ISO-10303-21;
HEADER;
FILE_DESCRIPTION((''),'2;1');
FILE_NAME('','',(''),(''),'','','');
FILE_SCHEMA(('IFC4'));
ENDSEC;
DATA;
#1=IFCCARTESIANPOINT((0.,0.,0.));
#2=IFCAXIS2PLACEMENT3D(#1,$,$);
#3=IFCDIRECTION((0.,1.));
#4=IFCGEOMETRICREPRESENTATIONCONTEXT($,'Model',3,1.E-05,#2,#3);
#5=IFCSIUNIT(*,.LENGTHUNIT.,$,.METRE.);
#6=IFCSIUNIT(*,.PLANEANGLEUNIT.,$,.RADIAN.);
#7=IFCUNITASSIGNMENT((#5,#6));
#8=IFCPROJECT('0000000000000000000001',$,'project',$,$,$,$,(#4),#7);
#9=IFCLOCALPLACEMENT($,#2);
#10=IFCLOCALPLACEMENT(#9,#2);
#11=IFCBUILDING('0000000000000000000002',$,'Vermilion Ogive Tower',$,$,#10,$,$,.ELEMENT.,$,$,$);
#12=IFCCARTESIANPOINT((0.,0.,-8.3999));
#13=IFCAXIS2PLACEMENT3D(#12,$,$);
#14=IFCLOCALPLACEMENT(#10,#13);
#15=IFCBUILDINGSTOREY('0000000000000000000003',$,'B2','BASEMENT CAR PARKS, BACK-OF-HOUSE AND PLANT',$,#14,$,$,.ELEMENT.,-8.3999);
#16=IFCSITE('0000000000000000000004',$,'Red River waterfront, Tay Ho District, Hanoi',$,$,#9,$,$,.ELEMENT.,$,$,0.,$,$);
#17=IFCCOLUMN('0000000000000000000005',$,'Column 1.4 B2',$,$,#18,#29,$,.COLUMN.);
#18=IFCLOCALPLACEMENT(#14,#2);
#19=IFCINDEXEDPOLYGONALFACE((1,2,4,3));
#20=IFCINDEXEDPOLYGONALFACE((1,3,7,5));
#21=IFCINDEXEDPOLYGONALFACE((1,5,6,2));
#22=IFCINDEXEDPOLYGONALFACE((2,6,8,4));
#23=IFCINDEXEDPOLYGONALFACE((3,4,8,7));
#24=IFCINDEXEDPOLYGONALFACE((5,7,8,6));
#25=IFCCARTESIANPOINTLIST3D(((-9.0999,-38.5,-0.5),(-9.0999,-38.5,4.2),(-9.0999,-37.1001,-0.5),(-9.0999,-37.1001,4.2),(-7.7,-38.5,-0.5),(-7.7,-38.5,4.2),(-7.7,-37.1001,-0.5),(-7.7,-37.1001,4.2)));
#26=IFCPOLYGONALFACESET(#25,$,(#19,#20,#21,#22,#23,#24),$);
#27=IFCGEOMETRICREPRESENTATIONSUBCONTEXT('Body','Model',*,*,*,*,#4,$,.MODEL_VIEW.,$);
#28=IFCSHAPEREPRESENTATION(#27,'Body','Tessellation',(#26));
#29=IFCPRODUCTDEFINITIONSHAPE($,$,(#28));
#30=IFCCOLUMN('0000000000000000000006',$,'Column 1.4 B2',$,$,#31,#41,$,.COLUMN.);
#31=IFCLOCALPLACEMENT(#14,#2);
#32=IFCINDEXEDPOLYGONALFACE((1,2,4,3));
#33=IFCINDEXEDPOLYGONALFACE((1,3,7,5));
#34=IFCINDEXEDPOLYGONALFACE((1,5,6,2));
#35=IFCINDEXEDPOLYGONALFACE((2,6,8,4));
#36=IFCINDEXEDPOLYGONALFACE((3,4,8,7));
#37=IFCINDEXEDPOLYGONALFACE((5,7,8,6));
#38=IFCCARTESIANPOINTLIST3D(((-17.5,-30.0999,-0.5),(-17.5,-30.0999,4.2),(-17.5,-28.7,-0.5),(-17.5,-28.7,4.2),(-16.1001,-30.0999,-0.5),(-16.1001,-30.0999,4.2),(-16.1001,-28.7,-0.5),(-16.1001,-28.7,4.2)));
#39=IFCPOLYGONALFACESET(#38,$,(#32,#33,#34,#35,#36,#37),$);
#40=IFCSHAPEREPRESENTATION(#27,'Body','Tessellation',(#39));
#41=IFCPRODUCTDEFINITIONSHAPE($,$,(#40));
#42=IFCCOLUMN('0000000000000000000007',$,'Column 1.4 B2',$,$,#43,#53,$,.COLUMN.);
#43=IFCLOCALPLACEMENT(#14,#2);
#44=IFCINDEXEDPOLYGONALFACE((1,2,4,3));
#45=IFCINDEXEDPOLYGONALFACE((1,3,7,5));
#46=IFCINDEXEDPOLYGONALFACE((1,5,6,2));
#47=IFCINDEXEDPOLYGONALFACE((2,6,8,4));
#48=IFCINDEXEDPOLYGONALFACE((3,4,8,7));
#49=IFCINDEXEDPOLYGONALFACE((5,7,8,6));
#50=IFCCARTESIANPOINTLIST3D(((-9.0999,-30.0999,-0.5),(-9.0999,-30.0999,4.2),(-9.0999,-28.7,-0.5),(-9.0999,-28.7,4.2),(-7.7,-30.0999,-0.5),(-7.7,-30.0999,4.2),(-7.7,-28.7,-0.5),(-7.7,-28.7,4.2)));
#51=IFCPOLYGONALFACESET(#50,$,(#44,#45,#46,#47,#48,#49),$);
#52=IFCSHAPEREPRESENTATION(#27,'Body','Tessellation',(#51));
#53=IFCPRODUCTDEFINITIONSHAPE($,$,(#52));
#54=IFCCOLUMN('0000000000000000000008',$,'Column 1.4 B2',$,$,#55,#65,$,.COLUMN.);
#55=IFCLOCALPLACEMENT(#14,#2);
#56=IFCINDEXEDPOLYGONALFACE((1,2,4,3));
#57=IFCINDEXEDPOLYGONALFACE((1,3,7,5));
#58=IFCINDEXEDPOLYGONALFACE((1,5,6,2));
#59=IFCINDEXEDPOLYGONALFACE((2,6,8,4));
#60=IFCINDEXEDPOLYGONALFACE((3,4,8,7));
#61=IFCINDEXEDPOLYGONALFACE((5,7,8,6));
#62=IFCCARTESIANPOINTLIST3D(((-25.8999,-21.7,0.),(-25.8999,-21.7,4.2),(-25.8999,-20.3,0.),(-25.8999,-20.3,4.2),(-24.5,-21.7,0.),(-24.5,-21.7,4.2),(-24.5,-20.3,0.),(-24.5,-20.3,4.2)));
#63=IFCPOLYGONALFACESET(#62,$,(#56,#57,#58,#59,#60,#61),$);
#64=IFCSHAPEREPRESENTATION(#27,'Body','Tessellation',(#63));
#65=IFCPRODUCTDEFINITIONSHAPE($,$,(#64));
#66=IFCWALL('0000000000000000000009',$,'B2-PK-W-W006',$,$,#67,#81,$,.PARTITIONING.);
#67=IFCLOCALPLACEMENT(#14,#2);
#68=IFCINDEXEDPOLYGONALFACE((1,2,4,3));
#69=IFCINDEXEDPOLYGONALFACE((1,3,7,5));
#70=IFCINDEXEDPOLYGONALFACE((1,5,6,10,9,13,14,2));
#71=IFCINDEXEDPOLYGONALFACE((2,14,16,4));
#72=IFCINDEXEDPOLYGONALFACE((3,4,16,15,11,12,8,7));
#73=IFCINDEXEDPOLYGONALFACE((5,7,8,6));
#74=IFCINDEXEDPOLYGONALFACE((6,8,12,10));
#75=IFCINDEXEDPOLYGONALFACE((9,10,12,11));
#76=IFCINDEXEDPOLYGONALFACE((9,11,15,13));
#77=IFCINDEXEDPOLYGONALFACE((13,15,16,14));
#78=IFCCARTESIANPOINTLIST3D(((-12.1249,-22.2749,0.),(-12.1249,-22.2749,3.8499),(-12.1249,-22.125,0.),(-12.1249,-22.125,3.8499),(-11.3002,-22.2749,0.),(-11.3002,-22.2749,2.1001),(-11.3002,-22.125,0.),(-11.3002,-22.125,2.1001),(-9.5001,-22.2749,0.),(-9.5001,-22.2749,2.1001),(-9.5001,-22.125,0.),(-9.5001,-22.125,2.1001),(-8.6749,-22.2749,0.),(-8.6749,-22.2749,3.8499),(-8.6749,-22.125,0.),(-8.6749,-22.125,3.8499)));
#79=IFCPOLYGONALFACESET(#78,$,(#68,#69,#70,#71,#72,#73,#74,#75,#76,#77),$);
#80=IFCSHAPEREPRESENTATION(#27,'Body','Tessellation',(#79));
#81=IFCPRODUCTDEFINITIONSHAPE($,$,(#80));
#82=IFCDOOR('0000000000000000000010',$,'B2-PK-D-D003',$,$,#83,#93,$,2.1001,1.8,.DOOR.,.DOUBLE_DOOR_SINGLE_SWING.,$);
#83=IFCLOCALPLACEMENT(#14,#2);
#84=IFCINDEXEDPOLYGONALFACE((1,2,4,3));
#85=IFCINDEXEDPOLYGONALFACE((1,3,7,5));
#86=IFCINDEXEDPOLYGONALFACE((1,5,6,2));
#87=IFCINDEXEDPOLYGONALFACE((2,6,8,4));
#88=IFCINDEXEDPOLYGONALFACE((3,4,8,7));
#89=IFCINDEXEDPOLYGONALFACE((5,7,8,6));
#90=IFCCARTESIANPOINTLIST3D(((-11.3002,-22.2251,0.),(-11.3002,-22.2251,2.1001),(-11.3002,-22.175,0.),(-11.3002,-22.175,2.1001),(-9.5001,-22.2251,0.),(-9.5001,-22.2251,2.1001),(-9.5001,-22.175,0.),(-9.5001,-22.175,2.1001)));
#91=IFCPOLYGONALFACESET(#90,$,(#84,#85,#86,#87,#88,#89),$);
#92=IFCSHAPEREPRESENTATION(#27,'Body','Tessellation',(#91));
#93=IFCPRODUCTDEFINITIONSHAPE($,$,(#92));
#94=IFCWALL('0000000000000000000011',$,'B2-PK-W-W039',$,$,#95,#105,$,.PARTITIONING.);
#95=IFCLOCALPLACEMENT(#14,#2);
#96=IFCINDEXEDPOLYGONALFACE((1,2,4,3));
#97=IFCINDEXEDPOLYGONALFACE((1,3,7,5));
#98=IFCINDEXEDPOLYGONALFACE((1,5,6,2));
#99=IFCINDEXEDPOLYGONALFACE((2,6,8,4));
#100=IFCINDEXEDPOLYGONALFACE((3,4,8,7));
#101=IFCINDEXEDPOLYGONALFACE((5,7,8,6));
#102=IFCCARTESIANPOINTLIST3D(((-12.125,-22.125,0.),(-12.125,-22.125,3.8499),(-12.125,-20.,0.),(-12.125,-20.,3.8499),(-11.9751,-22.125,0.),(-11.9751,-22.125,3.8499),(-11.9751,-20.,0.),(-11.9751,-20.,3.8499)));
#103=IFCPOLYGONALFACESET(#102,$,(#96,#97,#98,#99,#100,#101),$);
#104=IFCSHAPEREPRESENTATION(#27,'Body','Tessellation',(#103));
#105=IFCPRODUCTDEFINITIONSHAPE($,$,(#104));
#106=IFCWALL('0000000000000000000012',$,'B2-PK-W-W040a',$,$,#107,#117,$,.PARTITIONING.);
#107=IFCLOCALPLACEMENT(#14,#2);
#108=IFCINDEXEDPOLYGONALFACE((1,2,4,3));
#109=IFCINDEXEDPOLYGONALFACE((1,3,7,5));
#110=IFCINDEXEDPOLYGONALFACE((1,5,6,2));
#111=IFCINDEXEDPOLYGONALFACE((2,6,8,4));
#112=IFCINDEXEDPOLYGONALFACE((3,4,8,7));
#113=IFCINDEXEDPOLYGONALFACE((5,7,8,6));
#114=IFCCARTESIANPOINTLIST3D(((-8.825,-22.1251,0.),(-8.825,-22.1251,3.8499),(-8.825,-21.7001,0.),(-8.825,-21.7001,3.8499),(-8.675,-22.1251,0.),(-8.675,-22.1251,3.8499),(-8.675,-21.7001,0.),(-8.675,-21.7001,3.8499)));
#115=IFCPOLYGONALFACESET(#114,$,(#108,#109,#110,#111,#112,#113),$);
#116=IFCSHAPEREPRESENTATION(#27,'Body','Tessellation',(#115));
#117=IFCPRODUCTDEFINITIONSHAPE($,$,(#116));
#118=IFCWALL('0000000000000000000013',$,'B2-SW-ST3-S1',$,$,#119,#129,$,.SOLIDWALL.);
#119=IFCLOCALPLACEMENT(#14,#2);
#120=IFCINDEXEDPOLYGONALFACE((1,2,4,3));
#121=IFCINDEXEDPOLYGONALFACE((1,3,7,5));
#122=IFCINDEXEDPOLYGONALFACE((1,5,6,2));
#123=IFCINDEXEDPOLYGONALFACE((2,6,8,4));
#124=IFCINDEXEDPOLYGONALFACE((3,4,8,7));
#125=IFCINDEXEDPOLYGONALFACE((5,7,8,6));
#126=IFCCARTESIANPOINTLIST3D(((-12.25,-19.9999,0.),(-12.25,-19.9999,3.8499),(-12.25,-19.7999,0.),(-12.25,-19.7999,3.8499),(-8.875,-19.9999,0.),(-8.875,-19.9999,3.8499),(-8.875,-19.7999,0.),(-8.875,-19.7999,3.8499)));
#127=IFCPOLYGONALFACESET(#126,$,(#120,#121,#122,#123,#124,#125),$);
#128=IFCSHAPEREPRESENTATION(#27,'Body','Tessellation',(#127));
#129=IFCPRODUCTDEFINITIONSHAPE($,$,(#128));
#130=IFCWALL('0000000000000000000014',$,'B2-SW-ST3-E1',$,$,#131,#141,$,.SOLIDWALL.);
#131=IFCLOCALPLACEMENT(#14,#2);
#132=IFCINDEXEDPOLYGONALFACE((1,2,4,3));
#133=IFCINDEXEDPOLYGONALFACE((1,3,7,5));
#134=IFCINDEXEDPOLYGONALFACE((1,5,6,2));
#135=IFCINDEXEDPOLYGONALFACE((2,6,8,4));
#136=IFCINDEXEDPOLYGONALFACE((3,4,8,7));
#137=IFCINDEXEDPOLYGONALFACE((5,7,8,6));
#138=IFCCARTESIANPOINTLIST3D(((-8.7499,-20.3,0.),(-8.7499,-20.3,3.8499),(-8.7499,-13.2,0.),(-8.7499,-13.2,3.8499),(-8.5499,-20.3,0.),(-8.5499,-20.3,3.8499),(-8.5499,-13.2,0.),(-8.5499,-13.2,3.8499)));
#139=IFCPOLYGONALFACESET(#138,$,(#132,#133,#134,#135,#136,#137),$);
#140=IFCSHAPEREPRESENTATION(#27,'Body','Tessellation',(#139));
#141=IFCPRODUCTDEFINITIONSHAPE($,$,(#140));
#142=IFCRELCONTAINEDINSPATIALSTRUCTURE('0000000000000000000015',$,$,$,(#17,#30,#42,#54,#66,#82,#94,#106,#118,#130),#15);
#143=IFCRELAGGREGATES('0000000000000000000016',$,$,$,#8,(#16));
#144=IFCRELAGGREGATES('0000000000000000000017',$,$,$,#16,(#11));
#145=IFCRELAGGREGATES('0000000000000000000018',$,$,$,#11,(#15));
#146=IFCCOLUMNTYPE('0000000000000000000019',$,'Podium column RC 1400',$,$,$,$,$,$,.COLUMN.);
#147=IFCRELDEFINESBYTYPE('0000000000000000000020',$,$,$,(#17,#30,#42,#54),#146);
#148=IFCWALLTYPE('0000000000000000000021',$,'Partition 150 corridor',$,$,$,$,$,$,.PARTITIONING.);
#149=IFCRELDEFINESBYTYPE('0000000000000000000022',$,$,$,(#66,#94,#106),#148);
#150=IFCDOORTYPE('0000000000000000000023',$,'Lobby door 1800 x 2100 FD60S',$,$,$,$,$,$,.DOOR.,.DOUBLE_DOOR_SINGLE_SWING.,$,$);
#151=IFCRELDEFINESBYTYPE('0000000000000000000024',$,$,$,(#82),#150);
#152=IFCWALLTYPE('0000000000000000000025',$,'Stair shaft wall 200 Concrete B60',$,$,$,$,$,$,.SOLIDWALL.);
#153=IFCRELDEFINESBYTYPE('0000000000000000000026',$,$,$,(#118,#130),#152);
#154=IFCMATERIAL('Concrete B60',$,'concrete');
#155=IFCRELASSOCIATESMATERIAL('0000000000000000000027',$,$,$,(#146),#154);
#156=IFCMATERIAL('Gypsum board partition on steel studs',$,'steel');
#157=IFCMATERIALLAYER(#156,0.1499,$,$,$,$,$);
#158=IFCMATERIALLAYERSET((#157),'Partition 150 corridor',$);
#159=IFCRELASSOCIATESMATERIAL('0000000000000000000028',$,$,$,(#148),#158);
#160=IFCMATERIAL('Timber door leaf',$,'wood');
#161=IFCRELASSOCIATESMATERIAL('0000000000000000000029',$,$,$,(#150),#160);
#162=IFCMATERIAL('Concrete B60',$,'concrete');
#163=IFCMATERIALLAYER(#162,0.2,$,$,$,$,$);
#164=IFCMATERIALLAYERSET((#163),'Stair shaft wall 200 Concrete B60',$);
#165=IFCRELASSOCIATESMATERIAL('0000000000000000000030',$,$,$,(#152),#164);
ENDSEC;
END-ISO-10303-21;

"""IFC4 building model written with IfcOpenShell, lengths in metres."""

from ifc_helpers import new_model, si_unit, direction, frame, frame_2d, origin, origin_2d, place, context, subcontext, project, spatial, rectangle, extrude, material, layer, layer_set, material_profile, profile_set, type_object, element, fill, save


model = new_model("IFC4")

# Units and contexts
model_context = context("Model", 3, precision=1e-05, world=origin(), true_north=direction((0.0, 1.0)))
body_context = subcontext(model_context, "Body", "Model", "MODEL_VIEW")
ifc_project = project(units=[si_unit("LENGTHUNIT", "METRE"), si_unit("PLANEANGLEUNIT", "RADIAN")], contexts=[model_context])

# Site, building, storey
site_placement = place(None, origin())
site = spatial("IfcSite", under=ifc_project, at=site_placement, Name="Red River waterfront, Tay Ho District, Hanoi", CompositionType="ELEMENT", RefElevation=0.0)
building_placement = place(site_placement, origin())
building = spatial("IfcBuilding", under=site, at=building_placement, Name="Vermilion Ogive Tower", CompositionType="ELEMENT")
storey_placement = place(building_placement, frame((0.0, 0.0, -8.3999)))
storey = spatial("IfcBuildingStorey", under=building, at=storey_placement, Name="B2", Description="BASEMENT CAR PARKS, BACK-OF-HOUSE AND PLANT", CompositionType="ELEMENT", Elevation=-8.3999)

# Columns
ifc_material_1 = material(Name="Concrete B60", Category="concrete")
ifc_material_profile_1 = material_profile(ifc_material_1, rectangle(XDim=1.3999, YDim=1.3999, at=origin_2d()), Name="RC 1400x1400")
ifc_profile_set_1 = profile_set([ifc_material_profile_1], Name="Concrete B60")
column_type_1 = type_object("IfcColumnType", Name="Podium column RC 1400", PredefinedType="COLUMN", material=ifc_profile_set_1)
for number, where, z_axis, x_axis, name in (
    (1, (-8.3999, -37.8, -0.5), (0.0, 0.0, 1.0), (1.0, 0.0, 0.0), "Column 1.4 B2"),
    (2, (-16.8, -29.3999, -0.5), (0.0, 0.0, 1.0), (1.0, 0.0, 0.0), "Column 1.4 B2"),
    (3, (-8.3999, -29.3999, -0.5), (0.0, 0.0, 1.0), (1.0, 0.0, 0.0), "Column 1.4 B2"),
):
    element("IfcColumn", number, at=place(storey_placement, frame(where, z_axis=z_axis, x_axis=x_axis)), inside=storey, type_object=column_type_1, Name=name, PredefinedType="COLUMN", context=body_context, shape_type="SweptSolid", body=[
        extrude(rectangle(XDim=1.3999, YDim=1.3999, at=origin_2d()), origin(), (0.0, 0.0, 1.0), 4.7),
    ])
column_placement = place(storey_placement, frame((-25.2, -21.0, 0.0), z_axis=(0.0, 0.0, 1.0), x_axis=(1.0, 0.0, 0.0)))
element("IfcColumn", 4, at=column_placement, inside=storey, type_object=column_type_1, Name="Column 1.4 B2", PredefinedType="COLUMN", context=body_context, shape_type="SweptSolid", body=[
    extrude(rectangle(XDim=1.3999, YDim=1.3999, at=origin_2d()), origin(), (0.0, 0.0, 1.0), 4.2),
])

# Wall, opening, door
ifc_material_2 = material(Name="Gypsum board partition on steel studs", Category="steel")
ifc_layer_1 = layer(ifc_material_2, 0.1499)
ifc_layer_set_1 = layer_set([ifc_layer_1], Name="Partition 150 corridor")
wall_type_1 = type_object("IfcWallType", Name="Partition 150 corridor", PredefinedType="PARTITIONING", material=ifc_layer_set_1)
wall_1_placement = place(storey_placement, frame((-12.125, -22.2, 0.0), z_axis=(0.0, 0.0, 1.0), x_axis=(1.0, 0.0, 0.0)))
wall_1 = element("IfcWall", 5, at=wall_1_placement, inside=storey, type_object=wall_type_1, Name="B2-PK-W-W006", PredefinedType="PARTITIONING", context=body_context, shape_type="SweptSolid", body=[
    extrude(rectangle(XDim=3.45, YDim=0.1499, at=frame_2d((1.7251, 0.0))), origin(), (0.0, 0.0, 1.0), 3.8499),
])
opening_placement = place(wall_1_placement, frame((0.825, 0.0, 0.0)))
opening = element("IfcOpeningElement", 6, at=opening_placement, cuts=wall_1, PredefinedType="OPENING", context=body_context, shape_type="SweptSolid", body=[
    extrude(rectangle(XDim=1.8, YDim=2.1001, at=frame_2d((0.8999, 1.05))), frame((0.0, 0.085, 0.0), z_axis=(0.0, -1.0, 0.0), x_axis=(1.0, 0.0, 0.0)), (0.0, 0.0, 1.0), 0.1699),
])
ifc_material_3 = material(Name="Timber door leaf", Category="wood")
door_type = type_object("IfcDoorType", Name="Lobby door 1800 x 2100 FD60S", OperationType="DOUBLE_DOOR_SINGLE_SWING", PredefinedType="DOOR", material=ifc_material_3)
door_placement = place(opening_placement, origin())
door = element("IfcDoor", 7, at=door_placement, inside=storey, type_object=door_type, Name="B2-PK-D-D003", OperationType="DOUBLE_DOOR_SINGLE_SWING", OverallHeight=2.1001, OverallWidth=1.8, PredefinedType="DOOR", context=body_context, shape_type="SweptSolid", body=[
    extrude(rectangle(XDim=1.8, YDim=2.1001, at=frame_2d((0.8999, 1.05))), frame((0.0, 0.0249, 0.0), z_axis=(0.0, -1.0, 0.0), x_axis=(1.0, 0.0, 0.0)), (0.0, 0.0, 1.0), 0.05),
])
fill(opening, door)

# Walls
wall_2_placement = place(storey_placement, frame((-12.05, -22.125, 0.0), z_axis=(0.0, 0.0, 1.0), x_axis=(0.0, 1.0, 0.0)))
element("IfcWall", 8, at=wall_2_placement, inside=storey, type_object=wall_type_1, Name="B2-PK-W-W039", PredefinedType="PARTITIONING", context=body_context, shape_type="SweptSolid", body=[
    extrude(rectangle(XDim=2.125, YDim=0.1499, at=frame_2d((1.0625, 0.0))), origin(), (0.0, 0.0, 1.0), 3.8499),
])
wall_3_placement = place(storey_placement, frame((-8.75, -22.125, 0.0), z_axis=(0.0, 0.0, 1.0), x_axis=(0.0, 1.0, 0.0)))
element("IfcWall", 9, at=wall_3_placement, inside=storey, type_object=wall_type_1, Name="B2-PK-W-W040a", PredefinedType="PARTITIONING", context=body_context, shape_type="SweptSolid", body=[
    extrude(rectangle(XDim=0.425, YDim=0.1499, at=frame_2d((0.2124, 0.0))), origin(), (0.0, 0.0, 1.0), 3.8499),
])
ifc_material_4 = material(Name="Concrete B60", Category="concrete")
ifc_layer_2 = layer(ifc_material_4, 0.2)
ifc_layer_set_2 = layer_set([ifc_layer_2], Name="Stair shaft wall 200 Concrete B60")
wall_type_2 = type_object("IfcWallType", Name="Stair shaft wall 200 Concrete B60", PredefinedType="SOLIDWALL", material=ifc_layer_set_2)
wall_4_placement = place(storey_placement, frame((-12.25, -19.8999, 0.0), z_axis=(0.0, 0.0, 1.0), x_axis=(1.0, 0.0, 0.0)))
element("IfcWall", 10, at=wall_4_placement, inside=storey, type_object=wall_type_2, Name="B2-SW-ST3-S1", PredefinedType="SOLIDWALL", context=body_context, shape_type="SweptSolid", body=[
    extrude(rectangle(XDim=3.375, YDim=0.2, at=frame_2d((1.6875, 0.0))), origin(), (0.0, 0.0, 1.0), 3.8499),
])
wall_5_placement = place(storey_placement, frame((-8.6499, -20.3, 0.0), z_axis=(0.0, 0.0, 1.0), x_axis=(0.0, 1.0, 0.0)))
element("IfcWall", 11, at=wall_5_placement, inside=storey, type_object=wall_type_2, Name="B2-SW-ST3-E1", PredefinedType="SOLIDWALL", context=body_context, shape_type="SweptSolid", body=[
    extrude(rectangle(XDim=7.1001, YDim=0.2, at=frame_2d((3.55, 0.0))), origin(), (0.0, 0.0, 1.0), 3.8499),
])

save(model, "model.ifc")
